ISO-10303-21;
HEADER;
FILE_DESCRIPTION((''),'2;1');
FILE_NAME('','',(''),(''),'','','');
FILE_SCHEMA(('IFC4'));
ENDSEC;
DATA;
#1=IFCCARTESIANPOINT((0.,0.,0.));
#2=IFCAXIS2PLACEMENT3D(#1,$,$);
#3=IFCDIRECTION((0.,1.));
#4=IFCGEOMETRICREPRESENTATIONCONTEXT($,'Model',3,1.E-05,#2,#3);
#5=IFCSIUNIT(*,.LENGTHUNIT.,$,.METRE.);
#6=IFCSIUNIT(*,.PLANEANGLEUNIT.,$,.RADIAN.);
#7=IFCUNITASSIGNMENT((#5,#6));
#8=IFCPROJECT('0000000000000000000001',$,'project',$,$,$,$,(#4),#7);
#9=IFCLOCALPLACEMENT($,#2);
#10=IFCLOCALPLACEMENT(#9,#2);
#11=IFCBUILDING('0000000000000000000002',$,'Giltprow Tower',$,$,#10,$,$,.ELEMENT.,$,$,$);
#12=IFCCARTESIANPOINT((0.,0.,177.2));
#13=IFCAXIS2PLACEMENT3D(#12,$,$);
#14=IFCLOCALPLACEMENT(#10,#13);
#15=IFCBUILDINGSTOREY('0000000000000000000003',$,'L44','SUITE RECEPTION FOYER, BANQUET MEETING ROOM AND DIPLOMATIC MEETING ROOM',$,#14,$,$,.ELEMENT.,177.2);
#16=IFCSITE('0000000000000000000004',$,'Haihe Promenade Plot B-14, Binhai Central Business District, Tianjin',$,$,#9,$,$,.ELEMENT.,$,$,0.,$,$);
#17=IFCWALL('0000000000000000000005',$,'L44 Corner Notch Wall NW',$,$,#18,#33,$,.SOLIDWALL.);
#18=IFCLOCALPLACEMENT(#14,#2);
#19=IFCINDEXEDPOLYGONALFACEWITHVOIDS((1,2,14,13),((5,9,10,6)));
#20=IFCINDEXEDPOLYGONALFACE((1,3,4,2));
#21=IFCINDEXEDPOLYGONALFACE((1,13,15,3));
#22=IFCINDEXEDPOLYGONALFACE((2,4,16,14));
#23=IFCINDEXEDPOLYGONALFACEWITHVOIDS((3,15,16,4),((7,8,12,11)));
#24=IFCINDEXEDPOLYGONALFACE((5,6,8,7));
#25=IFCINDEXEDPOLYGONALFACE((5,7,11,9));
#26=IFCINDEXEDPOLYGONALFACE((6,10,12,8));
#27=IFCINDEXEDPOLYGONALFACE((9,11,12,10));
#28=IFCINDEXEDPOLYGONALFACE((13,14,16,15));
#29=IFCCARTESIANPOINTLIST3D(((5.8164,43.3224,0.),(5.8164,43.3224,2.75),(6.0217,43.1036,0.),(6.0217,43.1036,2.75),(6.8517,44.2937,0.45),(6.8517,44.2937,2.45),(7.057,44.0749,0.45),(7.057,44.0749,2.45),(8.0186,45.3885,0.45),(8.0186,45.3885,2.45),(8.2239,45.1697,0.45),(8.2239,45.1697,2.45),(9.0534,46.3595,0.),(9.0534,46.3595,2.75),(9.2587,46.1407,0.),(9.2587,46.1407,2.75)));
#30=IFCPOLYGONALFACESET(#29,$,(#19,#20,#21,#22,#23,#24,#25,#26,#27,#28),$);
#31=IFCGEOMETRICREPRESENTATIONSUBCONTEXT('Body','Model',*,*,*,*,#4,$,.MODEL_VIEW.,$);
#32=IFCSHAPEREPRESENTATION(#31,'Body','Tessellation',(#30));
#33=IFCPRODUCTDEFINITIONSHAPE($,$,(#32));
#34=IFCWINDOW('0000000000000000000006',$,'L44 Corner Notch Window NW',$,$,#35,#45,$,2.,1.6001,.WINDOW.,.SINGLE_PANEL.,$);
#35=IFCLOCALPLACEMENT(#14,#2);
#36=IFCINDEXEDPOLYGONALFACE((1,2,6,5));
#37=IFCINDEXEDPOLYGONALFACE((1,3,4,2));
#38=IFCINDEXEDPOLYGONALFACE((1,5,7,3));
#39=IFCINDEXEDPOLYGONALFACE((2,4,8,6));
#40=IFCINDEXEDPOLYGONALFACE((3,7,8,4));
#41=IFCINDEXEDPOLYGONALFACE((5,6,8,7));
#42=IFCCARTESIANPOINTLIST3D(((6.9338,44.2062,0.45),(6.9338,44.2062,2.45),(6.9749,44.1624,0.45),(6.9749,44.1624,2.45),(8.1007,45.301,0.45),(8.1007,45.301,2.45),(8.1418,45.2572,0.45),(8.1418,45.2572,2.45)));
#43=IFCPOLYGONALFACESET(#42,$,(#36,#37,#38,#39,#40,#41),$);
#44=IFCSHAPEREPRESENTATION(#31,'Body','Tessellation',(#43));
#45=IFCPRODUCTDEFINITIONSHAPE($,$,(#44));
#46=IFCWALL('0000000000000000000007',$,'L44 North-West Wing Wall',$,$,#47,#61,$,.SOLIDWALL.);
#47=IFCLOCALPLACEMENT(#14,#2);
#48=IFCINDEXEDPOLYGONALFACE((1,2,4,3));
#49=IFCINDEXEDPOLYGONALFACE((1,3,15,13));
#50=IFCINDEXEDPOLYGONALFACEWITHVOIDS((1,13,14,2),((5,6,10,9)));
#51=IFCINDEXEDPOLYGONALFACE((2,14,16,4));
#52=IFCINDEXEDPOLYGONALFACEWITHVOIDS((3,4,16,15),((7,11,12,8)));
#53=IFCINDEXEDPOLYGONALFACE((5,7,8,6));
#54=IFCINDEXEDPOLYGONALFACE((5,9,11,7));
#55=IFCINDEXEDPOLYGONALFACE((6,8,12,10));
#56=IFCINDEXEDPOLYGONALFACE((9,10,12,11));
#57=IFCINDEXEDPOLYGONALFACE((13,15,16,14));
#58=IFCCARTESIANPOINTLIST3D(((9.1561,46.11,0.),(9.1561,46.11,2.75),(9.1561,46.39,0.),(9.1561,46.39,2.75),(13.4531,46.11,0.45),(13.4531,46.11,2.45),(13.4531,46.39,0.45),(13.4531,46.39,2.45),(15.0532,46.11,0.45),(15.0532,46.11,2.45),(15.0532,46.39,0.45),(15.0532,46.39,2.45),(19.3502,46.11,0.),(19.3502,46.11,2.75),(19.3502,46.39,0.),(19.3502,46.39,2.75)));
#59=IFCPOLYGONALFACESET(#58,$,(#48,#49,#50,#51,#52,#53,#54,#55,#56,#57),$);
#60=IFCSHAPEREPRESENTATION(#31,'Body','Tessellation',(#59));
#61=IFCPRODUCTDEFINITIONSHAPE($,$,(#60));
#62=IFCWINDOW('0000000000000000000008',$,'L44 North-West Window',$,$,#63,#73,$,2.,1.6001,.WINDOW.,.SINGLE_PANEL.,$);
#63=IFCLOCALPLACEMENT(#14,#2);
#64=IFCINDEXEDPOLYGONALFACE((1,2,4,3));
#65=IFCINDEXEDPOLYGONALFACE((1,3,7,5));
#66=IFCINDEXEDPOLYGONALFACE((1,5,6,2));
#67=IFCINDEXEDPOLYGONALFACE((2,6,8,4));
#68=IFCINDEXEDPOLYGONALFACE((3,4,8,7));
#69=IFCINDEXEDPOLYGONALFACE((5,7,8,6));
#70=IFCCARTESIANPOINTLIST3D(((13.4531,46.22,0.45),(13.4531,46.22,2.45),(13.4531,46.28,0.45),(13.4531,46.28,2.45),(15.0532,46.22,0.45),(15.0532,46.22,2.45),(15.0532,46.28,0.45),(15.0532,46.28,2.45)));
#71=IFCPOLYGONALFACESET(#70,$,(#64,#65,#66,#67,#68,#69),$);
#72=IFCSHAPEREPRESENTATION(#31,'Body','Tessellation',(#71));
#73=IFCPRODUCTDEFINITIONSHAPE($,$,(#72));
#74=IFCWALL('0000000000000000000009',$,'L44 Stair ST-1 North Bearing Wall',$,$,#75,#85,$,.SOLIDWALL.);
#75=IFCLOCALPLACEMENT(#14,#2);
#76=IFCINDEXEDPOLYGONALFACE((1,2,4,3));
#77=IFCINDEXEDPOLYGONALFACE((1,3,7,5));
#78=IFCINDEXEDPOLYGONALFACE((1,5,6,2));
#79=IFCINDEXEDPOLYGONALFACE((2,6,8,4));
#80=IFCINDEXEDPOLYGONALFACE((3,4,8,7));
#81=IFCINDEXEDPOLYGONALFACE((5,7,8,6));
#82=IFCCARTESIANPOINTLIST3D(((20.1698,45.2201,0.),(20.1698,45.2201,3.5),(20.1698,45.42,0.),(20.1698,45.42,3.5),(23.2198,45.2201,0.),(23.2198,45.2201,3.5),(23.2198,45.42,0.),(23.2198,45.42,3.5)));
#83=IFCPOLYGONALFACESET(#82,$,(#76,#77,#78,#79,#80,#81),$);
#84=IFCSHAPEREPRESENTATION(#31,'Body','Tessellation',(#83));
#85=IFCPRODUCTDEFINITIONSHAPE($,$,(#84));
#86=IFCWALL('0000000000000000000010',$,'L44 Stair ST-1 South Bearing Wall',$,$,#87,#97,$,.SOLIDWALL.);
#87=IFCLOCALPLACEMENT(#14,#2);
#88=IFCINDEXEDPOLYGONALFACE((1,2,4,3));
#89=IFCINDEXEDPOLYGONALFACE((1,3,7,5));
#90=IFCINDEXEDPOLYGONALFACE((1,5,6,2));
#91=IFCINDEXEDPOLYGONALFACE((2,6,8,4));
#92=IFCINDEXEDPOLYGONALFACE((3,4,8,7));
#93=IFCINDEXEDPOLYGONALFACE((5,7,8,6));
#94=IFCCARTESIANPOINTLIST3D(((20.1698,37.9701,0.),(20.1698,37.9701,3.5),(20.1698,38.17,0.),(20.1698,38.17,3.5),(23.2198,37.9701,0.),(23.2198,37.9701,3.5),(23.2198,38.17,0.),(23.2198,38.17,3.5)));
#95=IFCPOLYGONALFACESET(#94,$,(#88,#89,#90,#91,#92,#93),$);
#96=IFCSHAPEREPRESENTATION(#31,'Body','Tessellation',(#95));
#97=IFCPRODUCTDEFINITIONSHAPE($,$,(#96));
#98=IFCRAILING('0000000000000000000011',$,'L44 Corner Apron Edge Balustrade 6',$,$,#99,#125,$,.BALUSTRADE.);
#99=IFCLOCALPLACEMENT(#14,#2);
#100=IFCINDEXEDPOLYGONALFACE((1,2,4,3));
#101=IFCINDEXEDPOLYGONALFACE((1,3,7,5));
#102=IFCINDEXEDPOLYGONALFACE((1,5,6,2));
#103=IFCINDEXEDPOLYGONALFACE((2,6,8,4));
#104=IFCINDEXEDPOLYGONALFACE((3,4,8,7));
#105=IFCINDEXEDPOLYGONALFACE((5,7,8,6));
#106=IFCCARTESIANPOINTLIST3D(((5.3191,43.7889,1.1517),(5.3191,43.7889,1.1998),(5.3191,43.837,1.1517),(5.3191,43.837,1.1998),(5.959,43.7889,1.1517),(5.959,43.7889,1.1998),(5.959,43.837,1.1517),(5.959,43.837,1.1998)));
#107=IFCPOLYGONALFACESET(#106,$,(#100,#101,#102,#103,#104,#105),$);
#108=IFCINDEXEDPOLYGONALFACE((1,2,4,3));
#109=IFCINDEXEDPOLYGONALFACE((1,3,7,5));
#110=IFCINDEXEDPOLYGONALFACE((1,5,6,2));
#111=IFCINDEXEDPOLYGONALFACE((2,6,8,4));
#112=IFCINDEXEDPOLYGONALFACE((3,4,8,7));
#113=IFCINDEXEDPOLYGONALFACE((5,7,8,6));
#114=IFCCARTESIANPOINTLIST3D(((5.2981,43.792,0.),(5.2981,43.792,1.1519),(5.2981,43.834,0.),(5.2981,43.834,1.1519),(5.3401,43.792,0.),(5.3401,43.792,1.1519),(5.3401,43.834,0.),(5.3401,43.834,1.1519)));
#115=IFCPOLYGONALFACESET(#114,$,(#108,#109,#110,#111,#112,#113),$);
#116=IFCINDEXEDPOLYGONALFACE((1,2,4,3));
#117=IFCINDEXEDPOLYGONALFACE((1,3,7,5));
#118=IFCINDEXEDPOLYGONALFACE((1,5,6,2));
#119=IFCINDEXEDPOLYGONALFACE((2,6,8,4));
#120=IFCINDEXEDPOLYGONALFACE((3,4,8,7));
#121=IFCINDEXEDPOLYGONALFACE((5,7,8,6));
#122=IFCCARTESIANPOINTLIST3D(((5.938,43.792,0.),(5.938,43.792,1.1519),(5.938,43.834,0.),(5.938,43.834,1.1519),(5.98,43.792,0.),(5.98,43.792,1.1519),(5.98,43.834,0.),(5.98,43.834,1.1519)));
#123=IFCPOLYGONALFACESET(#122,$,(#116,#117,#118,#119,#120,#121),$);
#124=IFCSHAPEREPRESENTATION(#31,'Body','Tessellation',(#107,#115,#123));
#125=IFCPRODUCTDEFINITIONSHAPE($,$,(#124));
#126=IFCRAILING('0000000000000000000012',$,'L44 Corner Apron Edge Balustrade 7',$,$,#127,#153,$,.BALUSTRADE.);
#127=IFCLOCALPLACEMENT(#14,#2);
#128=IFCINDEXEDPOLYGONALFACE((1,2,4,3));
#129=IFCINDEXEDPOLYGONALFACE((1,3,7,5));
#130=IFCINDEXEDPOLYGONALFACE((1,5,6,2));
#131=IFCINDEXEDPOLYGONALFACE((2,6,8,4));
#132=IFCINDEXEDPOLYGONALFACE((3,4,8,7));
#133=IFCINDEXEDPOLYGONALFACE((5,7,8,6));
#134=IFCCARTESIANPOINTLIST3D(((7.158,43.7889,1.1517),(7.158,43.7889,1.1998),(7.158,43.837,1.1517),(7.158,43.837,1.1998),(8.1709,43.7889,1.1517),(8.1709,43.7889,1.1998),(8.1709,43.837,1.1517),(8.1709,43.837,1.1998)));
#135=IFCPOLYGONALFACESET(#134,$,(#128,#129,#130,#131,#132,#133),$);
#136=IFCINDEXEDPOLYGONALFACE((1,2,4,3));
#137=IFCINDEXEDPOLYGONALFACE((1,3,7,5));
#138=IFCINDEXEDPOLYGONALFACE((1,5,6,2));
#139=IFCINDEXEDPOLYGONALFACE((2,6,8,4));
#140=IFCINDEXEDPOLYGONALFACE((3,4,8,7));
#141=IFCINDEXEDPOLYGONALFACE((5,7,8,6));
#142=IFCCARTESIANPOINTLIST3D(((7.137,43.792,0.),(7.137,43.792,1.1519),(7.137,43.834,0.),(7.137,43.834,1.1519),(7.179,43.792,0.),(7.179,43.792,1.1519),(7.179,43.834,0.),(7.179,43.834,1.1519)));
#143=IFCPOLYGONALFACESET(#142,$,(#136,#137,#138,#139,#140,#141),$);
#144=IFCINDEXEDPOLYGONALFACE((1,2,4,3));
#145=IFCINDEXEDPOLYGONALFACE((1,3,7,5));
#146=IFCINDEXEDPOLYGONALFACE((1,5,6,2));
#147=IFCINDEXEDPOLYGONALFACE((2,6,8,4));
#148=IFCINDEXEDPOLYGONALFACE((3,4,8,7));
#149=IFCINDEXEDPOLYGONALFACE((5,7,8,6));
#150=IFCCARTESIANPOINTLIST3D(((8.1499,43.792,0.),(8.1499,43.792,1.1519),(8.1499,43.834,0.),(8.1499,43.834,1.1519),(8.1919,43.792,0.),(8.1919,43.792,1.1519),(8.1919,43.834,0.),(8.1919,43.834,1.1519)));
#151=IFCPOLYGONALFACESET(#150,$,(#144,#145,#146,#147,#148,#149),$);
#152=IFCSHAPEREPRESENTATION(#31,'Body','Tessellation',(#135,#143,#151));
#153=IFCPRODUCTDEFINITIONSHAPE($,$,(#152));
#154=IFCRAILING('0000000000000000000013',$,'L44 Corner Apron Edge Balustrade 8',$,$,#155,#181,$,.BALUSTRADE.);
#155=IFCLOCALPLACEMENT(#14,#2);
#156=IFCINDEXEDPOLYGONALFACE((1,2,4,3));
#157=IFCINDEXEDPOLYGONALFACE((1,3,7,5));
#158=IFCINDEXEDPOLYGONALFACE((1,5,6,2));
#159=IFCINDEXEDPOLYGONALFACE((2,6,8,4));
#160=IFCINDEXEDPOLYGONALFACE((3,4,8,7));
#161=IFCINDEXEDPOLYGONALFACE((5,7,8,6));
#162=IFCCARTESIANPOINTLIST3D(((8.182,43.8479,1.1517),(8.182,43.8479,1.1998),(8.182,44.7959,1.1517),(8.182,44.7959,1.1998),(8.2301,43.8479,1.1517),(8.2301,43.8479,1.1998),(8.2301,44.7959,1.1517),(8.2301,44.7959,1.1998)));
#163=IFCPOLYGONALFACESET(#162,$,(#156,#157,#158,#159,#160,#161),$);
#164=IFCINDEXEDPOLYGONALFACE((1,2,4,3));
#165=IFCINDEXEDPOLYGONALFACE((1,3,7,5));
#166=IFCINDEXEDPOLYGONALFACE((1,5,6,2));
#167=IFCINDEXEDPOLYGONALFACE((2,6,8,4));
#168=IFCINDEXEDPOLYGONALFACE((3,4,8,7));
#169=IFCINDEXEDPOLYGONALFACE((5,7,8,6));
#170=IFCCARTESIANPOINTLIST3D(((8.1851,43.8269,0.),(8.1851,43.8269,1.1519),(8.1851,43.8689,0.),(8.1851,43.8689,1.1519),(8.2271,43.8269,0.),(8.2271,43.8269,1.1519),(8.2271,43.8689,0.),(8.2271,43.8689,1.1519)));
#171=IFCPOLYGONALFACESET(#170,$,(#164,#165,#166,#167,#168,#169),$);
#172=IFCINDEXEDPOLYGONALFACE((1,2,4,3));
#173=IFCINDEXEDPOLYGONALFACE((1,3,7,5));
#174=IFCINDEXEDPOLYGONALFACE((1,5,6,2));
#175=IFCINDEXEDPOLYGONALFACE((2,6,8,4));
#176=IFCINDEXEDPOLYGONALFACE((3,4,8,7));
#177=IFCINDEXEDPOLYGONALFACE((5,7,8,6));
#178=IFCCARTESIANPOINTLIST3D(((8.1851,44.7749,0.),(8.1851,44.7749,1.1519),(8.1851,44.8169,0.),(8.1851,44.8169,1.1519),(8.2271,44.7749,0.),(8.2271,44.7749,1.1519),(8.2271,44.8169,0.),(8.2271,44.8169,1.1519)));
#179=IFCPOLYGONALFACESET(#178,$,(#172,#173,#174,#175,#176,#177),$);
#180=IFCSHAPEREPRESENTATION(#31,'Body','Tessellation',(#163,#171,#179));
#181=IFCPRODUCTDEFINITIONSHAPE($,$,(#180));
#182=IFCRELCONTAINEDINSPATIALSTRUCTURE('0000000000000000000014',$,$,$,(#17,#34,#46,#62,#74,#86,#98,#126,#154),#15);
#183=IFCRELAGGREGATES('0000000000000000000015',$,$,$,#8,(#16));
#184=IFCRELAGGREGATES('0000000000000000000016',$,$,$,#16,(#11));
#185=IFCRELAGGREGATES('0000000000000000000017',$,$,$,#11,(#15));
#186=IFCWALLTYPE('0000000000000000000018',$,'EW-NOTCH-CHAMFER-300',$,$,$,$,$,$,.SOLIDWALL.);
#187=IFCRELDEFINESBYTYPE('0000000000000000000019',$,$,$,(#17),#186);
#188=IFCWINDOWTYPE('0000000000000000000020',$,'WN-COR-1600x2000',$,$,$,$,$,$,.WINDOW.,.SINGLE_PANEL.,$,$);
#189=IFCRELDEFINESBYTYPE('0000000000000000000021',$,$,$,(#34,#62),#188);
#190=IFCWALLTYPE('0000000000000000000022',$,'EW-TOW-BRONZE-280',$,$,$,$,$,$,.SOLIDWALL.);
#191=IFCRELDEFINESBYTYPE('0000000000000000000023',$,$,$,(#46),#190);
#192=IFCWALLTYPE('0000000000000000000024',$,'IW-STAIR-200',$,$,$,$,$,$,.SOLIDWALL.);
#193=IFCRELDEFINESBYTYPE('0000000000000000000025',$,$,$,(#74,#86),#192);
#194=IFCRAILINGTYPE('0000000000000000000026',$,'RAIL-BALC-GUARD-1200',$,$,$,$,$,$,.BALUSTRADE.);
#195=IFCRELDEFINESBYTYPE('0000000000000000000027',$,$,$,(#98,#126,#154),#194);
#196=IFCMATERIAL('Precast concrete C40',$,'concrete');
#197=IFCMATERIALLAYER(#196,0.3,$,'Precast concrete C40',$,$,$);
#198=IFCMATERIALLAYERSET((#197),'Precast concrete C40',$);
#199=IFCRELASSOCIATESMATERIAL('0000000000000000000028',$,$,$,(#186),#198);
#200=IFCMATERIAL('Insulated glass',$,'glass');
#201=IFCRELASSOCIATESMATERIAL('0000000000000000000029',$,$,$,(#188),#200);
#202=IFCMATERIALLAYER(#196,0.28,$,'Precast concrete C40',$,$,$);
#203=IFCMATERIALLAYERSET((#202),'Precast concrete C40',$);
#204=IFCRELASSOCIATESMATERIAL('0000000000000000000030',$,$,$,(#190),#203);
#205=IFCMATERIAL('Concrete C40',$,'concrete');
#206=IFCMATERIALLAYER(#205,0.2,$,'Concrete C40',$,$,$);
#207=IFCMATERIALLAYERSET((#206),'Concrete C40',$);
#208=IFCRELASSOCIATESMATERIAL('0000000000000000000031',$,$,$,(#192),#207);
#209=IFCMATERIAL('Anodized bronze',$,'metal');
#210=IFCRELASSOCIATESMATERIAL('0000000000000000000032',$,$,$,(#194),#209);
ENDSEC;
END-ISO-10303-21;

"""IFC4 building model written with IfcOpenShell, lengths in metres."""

from ifc_helpers import new_model, si_unit, direction, frame, frame_2d, origin, origin_2d, place, context, subcontext, project, spatial, rectangle, extrude, source, transform, mapped, material, layer, layer_set, type_object, element, fill, save


model = new_model("IFC4")

# Units and contexts
model_context = context("Model", 3, precision=1e-05, world=origin(), true_north=direction((0.0, 1.0)))
body_context = subcontext(model_context, "Body", "Model", "MODEL_VIEW")
ifc_project = project(units=[si_unit("LENGTHUNIT", "METRE"), si_unit("PLANEANGLEUNIT", "RADIAN")], contexts=[model_context])

# Site, building, storey
site_placement = place(None, origin())
site = spatial("IfcSite", under=ifc_project, at=site_placement, Name="Haihe Promenade Plot B-14, Binhai Central Business District, Tianjin", CompositionType="ELEMENT", RefElevation=0.0)
building_placement = place(site_placement, origin())
building = spatial("IfcBuilding", under=site, at=building_placement, Name="Giltprow Tower", CompositionType="ELEMENT")
storey_placement = place(building_placement, frame((0.0, 0.0, 177.2)))
storey = spatial("IfcBuildingStorey", under=building, at=storey_placement, Name="L44", Description="SUITE RECEPTION FOYER, BANQUET MEETING ROOM AND DIPLOMATIC MEETING ROOM", CompositionType="ELEMENT", Elevation=177.2)

# Walls, openings, windows
ifc_material_1 = material(Name="Precast concrete C40", Category="concrete")
ifc_layer_1 = layer(ifc_material_1, 0.3, Name="Precast concrete C40")
ifc_layer_set_1 = layer_set([ifc_layer_1], Name="Precast concrete C40")
wall_type_1 = type_object("IfcWallType", Name="EW-NOTCH-CHAMFER-300", PredefinedType="SOLIDWALL", material=ifc_layer_set_1)
wall_1_placement = place(storey_placement, frame((9.156, 46.25, 0.0), z_axis=(0.0, 0.0, 1.0), x_axis=(-0.729271, -0.684225, 0.0)))
wall_1 = element("IfcWall", 1, at=wall_1_placement, inside=storey, type_object=wall_type_1, Name="L44 Corner Notch Wall NW", PredefinedType="SOLIDWALL", context=body_context, shape_type="SweptSolid", body=[
    extrude(rectangle(XDim=4.4387, YDim=0.3, at=frame_2d((2.2192, 0.0))), origin(), (0.0, 0.0, 1.0), 2.75),
])
opening_1_placement = place(wall_1_placement, frame((1.4189, 0.0, 0.45)))
opening_1 = element("IfcOpeningElement", 2, at=opening_1_placement, cuts=wall_1, PredefinedType="OPENING", context=body_context, shape_type="SweptSolid", body=[
    extrude(rectangle(XDim=1.6001, YDim=2.0, at=frame_2d((0.8, 1.0))), frame((0.0, 0.1599, 0.0), z_axis=(0.0, -1.0, 0.0), x_axis=(1.0, 0.0, 0.0)), (0.0, 0.0, 1.0), 0.3201),
])
ifc_material_2 = material(Name="Insulated glass", Category="glass")
window_type = type_object("IfcWindowType", Name="WN-COR-1600x2000", PartitioningType="SINGLE_PANEL", PredefinedType="WINDOW", material=ifc_material_2)
shared_shape_1 = source(origin(), body_context, "Body", "SweptSolid", [
    extrude(rectangle(XDim=1.6001, YDim=2.0, at=frame_2d((0.8, 1.0))), frame((0.0, 0.03, 0.0), z_axis=(0.0, -1.0, 0.0), x_axis=(1.0, 0.0, 0.0)), (0.0, 0.0, 1.0), 0.0601),
])
window_1_placement = place(opening_1_placement, origin())
window_1 = element("IfcWindow", 3, at=window_1_placement, inside=storey, type_object=window_type, Name="L44 Corner Notch Window NW", OverallHeight=2.0, OverallWidth=1.6001, PartitioningType="SINGLE_PANEL", PredefinedType="WINDOW", context=body_context, shape_type="MappedRepresentation", body=[
    mapped(shared_shape_1, transform((0.0, 0.0, 0.0), x_axis=(1.0, 0.0, 0.0), y_axis=(0.0, 1.0, 0.0), z_axis=(0.0, 0.0, 1.0), scale=1.0)),
])
fill(opening_1, window_1)
ifc_layer_2 = layer(ifc_material_1, 0.28, Name="Precast concrete C40")
ifc_layer_set_2 = layer_set([ifc_layer_2], Name="Precast concrete C40")
wall_type_2 = type_object("IfcWallType", Name="EW-TOW-BRONZE-280", PredefinedType="SOLIDWALL", material=ifc_layer_set_2)
wall_2_placement = place(storey_placement, frame((9.156, 46.25, 0.0), z_axis=(0.0, 0.0, 1.0), x_axis=(1.0, 0.0, 0.0)))
wall_2 = element("IfcWall", 4, at=wall_2_placement, inside=storey, type_object=wall_type_2, Name="L44 North-West Wing Wall", PredefinedType="SOLIDWALL", context=body_context, shape_type="SweptSolid", body=[
    extrude(rectangle(XDim=10.1941, YDim=0.28, at=frame_2d((5.0972, 0.0))), origin(), (0.0, 0.0, 1.0), 2.75),
])
opening_2_placement = place(wall_2_placement, frame((4.2971, 0.0, 0.45)))
opening_2 = element("IfcOpeningElement", 5, at=opening_2_placement, cuts=wall_2, PredefinedType="OPENING", context=body_context, shape_type="SweptSolid", body=[
    extrude(rectangle(XDim=1.6001, YDim=2.0, at=frame_2d((0.8, 1.0))), frame((0.0, 0.1499, 0.0), z_axis=(0.0, -1.0, 0.0), x_axis=(1.0, 0.0, 0.0)), (0.0, 0.0, 1.0), 0.3),
])
window_2_placement = place(opening_2_placement, origin())
window_2 = element("IfcWindow", 6, at=window_2_placement, inside=storey, type_object=window_type, Name="L44 North-West Window", OverallHeight=2.0, OverallWidth=1.6001, PartitioningType="SINGLE_PANEL", PredefinedType="WINDOW", context=body_context, shape_type="MappedRepresentation", body=[
    mapped(shared_shape_1, transform((0.0, 0.0, 0.0), x_axis=(1.0, 0.0, 0.0), y_axis=(0.0, 1.0, 0.0), z_axis=(0.0, 0.0, 1.0), scale=1.0)),
])
fill(opening_2, window_2)

# Walls
ifc_material_3 = material(Name="Concrete C40", Category="concrete")
ifc_layer_3 = layer(ifc_material_3, 0.2, Name="Concrete C40")
ifc_layer_set_3 = layer_set([ifc_layer_3], Name="Concrete C40")
wall_type_3 = type_object("IfcWallType", Name="IW-STAIR-200", PredefinedType="SOLIDWALL", material=ifc_layer_set_3)
for number, where, z_axis, x_axis, name in (
    (7, (20.1699, 45.3201, 0.0), (0.0, 0.0, 1.0), (1.0, 0.0, 0.0), "L44 Stair ST-1 North Bearing Wall"),
    (8, (20.1699, 38.0701, 0.0), (0.0, 0.0, 1.0), (1.0, 0.0, 0.0), "L44 Stair ST-1 South Bearing Wall"),
):
    element("IfcWall", number, at=place(storey_placement, frame(where, z_axis=z_axis, x_axis=x_axis)), inside=storey, type_object=wall_type_3, Name=name, PredefinedType="SOLIDWALL", context=body_context, shape_type="SweptSolid", body=[
        extrude(rectangle(XDim=3.05, YDim=0.2, at=frame_2d((1.5249, 0.0))), origin(), (0.0, 0.0, 1.0), 3.5),
    ])

# Railings
ifc_material_4 = material(Name="Anodized bronze", Category="metal")
railing_type = type_object("IfcRailingType", Name="RAIL-BALC-GUARD-1200", PredefinedType="BALUSTRADE", material=ifc_material_4)
railing_1_placement = place(storey_placement, frame((5.3191, 43.813, 0.0)))
element("IfcRailing", 9, at=railing_1_placement, inside=storey, type_object=railing_type, Name="L44 Corner Apron Edge Balustrade 6", PredefinedType="BALUSTRADE", context=body_context, shape_type="SweptSolid", body=[
    extrude(rectangle(XDim=0.0481, YDim=0.0481, at=origin_2d()), frame((0.0, 0.0, 1.1758), z_axis=(1.0, 0.0, 0.0), x_axis=(0.0, 1.0, 0.0)), (0.0, 0.0, 1.0), 0.6399),
    extrude(rectangle(XDim=0.042, YDim=0.042, at=origin_2d()), origin(), (0.0, 0.0, 1.0), 1.1519),
    extrude(rectangle(XDim=0.042, YDim=0.042, at=origin_2d()), frame((0.6399, 0.0, 0.0)), (0.0, 0.0, 1.0), 1.1519),
])
railing_2_placement = place(storey_placement, frame((7.158, 43.813, 0.0)))
element("IfcRailing", 10, at=railing_2_placement, inside=storey, type_object=railing_type, Name="L44 Corner Apron Edge Balustrade 7", PredefinedType="BALUSTRADE", context=body_context, shape_type="SweptSolid", body=[
    extrude(rectangle(XDim=0.0481, YDim=0.0481, at=origin_2d()), frame((0.0, 0.0, 1.1758), z_axis=(1.0, 0.0, 0.0), x_axis=(0.0, 1.0, 0.0)), (0.0, 0.0, 1.0), 1.0129),
    extrude(rectangle(XDim=0.042, YDim=0.042, at=origin_2d()), origin(), (0.0, 0.0, 1.0), 1.1519),
    extrude(rectangle(XDim=0.042, YDim=0.042, at=origin_2d()), frame((1.0129, 0.0, 0.0)), (0.0, 0.0, 1.0), 1.1519),
])
railing_3_placement = place(storey_placement, frame((8.2061, 43.8479, 0.0)))
element("IfcRailing", 11, at=railing_3_placement, inside=storey, type_object=railing_type, Name="L44 Corner Apron Edge Balustrade 8", PredefinedType="BALUSTRADE", context=body_context, shape_type="SweptSolid", body=[
    extrude(rectangle(XDim=0.0481, YDim=0.0481, at=origin_2d()), frame((0.0, 0.0, 1.1758), z_axis=(0.0, 1.0, 0.0), x_axis=(-1.0, 0.0, 0.0)), (0.0, 0.0, 1.0), 0.948),
    extrude(rectangle(XDim=0.042, YDim=0.042, at=origin_2d()), origin(), (0.0, 0.0, 1.0), 1.1519),
    extrude(rectangle(XDim=0.042, YDim=0.042, at=origin_2d()), frame((0.0, 0.948, 0.0)), (0.0, 0.0, 1.0), 1.1519),
])

save(model, "model.ifc")
